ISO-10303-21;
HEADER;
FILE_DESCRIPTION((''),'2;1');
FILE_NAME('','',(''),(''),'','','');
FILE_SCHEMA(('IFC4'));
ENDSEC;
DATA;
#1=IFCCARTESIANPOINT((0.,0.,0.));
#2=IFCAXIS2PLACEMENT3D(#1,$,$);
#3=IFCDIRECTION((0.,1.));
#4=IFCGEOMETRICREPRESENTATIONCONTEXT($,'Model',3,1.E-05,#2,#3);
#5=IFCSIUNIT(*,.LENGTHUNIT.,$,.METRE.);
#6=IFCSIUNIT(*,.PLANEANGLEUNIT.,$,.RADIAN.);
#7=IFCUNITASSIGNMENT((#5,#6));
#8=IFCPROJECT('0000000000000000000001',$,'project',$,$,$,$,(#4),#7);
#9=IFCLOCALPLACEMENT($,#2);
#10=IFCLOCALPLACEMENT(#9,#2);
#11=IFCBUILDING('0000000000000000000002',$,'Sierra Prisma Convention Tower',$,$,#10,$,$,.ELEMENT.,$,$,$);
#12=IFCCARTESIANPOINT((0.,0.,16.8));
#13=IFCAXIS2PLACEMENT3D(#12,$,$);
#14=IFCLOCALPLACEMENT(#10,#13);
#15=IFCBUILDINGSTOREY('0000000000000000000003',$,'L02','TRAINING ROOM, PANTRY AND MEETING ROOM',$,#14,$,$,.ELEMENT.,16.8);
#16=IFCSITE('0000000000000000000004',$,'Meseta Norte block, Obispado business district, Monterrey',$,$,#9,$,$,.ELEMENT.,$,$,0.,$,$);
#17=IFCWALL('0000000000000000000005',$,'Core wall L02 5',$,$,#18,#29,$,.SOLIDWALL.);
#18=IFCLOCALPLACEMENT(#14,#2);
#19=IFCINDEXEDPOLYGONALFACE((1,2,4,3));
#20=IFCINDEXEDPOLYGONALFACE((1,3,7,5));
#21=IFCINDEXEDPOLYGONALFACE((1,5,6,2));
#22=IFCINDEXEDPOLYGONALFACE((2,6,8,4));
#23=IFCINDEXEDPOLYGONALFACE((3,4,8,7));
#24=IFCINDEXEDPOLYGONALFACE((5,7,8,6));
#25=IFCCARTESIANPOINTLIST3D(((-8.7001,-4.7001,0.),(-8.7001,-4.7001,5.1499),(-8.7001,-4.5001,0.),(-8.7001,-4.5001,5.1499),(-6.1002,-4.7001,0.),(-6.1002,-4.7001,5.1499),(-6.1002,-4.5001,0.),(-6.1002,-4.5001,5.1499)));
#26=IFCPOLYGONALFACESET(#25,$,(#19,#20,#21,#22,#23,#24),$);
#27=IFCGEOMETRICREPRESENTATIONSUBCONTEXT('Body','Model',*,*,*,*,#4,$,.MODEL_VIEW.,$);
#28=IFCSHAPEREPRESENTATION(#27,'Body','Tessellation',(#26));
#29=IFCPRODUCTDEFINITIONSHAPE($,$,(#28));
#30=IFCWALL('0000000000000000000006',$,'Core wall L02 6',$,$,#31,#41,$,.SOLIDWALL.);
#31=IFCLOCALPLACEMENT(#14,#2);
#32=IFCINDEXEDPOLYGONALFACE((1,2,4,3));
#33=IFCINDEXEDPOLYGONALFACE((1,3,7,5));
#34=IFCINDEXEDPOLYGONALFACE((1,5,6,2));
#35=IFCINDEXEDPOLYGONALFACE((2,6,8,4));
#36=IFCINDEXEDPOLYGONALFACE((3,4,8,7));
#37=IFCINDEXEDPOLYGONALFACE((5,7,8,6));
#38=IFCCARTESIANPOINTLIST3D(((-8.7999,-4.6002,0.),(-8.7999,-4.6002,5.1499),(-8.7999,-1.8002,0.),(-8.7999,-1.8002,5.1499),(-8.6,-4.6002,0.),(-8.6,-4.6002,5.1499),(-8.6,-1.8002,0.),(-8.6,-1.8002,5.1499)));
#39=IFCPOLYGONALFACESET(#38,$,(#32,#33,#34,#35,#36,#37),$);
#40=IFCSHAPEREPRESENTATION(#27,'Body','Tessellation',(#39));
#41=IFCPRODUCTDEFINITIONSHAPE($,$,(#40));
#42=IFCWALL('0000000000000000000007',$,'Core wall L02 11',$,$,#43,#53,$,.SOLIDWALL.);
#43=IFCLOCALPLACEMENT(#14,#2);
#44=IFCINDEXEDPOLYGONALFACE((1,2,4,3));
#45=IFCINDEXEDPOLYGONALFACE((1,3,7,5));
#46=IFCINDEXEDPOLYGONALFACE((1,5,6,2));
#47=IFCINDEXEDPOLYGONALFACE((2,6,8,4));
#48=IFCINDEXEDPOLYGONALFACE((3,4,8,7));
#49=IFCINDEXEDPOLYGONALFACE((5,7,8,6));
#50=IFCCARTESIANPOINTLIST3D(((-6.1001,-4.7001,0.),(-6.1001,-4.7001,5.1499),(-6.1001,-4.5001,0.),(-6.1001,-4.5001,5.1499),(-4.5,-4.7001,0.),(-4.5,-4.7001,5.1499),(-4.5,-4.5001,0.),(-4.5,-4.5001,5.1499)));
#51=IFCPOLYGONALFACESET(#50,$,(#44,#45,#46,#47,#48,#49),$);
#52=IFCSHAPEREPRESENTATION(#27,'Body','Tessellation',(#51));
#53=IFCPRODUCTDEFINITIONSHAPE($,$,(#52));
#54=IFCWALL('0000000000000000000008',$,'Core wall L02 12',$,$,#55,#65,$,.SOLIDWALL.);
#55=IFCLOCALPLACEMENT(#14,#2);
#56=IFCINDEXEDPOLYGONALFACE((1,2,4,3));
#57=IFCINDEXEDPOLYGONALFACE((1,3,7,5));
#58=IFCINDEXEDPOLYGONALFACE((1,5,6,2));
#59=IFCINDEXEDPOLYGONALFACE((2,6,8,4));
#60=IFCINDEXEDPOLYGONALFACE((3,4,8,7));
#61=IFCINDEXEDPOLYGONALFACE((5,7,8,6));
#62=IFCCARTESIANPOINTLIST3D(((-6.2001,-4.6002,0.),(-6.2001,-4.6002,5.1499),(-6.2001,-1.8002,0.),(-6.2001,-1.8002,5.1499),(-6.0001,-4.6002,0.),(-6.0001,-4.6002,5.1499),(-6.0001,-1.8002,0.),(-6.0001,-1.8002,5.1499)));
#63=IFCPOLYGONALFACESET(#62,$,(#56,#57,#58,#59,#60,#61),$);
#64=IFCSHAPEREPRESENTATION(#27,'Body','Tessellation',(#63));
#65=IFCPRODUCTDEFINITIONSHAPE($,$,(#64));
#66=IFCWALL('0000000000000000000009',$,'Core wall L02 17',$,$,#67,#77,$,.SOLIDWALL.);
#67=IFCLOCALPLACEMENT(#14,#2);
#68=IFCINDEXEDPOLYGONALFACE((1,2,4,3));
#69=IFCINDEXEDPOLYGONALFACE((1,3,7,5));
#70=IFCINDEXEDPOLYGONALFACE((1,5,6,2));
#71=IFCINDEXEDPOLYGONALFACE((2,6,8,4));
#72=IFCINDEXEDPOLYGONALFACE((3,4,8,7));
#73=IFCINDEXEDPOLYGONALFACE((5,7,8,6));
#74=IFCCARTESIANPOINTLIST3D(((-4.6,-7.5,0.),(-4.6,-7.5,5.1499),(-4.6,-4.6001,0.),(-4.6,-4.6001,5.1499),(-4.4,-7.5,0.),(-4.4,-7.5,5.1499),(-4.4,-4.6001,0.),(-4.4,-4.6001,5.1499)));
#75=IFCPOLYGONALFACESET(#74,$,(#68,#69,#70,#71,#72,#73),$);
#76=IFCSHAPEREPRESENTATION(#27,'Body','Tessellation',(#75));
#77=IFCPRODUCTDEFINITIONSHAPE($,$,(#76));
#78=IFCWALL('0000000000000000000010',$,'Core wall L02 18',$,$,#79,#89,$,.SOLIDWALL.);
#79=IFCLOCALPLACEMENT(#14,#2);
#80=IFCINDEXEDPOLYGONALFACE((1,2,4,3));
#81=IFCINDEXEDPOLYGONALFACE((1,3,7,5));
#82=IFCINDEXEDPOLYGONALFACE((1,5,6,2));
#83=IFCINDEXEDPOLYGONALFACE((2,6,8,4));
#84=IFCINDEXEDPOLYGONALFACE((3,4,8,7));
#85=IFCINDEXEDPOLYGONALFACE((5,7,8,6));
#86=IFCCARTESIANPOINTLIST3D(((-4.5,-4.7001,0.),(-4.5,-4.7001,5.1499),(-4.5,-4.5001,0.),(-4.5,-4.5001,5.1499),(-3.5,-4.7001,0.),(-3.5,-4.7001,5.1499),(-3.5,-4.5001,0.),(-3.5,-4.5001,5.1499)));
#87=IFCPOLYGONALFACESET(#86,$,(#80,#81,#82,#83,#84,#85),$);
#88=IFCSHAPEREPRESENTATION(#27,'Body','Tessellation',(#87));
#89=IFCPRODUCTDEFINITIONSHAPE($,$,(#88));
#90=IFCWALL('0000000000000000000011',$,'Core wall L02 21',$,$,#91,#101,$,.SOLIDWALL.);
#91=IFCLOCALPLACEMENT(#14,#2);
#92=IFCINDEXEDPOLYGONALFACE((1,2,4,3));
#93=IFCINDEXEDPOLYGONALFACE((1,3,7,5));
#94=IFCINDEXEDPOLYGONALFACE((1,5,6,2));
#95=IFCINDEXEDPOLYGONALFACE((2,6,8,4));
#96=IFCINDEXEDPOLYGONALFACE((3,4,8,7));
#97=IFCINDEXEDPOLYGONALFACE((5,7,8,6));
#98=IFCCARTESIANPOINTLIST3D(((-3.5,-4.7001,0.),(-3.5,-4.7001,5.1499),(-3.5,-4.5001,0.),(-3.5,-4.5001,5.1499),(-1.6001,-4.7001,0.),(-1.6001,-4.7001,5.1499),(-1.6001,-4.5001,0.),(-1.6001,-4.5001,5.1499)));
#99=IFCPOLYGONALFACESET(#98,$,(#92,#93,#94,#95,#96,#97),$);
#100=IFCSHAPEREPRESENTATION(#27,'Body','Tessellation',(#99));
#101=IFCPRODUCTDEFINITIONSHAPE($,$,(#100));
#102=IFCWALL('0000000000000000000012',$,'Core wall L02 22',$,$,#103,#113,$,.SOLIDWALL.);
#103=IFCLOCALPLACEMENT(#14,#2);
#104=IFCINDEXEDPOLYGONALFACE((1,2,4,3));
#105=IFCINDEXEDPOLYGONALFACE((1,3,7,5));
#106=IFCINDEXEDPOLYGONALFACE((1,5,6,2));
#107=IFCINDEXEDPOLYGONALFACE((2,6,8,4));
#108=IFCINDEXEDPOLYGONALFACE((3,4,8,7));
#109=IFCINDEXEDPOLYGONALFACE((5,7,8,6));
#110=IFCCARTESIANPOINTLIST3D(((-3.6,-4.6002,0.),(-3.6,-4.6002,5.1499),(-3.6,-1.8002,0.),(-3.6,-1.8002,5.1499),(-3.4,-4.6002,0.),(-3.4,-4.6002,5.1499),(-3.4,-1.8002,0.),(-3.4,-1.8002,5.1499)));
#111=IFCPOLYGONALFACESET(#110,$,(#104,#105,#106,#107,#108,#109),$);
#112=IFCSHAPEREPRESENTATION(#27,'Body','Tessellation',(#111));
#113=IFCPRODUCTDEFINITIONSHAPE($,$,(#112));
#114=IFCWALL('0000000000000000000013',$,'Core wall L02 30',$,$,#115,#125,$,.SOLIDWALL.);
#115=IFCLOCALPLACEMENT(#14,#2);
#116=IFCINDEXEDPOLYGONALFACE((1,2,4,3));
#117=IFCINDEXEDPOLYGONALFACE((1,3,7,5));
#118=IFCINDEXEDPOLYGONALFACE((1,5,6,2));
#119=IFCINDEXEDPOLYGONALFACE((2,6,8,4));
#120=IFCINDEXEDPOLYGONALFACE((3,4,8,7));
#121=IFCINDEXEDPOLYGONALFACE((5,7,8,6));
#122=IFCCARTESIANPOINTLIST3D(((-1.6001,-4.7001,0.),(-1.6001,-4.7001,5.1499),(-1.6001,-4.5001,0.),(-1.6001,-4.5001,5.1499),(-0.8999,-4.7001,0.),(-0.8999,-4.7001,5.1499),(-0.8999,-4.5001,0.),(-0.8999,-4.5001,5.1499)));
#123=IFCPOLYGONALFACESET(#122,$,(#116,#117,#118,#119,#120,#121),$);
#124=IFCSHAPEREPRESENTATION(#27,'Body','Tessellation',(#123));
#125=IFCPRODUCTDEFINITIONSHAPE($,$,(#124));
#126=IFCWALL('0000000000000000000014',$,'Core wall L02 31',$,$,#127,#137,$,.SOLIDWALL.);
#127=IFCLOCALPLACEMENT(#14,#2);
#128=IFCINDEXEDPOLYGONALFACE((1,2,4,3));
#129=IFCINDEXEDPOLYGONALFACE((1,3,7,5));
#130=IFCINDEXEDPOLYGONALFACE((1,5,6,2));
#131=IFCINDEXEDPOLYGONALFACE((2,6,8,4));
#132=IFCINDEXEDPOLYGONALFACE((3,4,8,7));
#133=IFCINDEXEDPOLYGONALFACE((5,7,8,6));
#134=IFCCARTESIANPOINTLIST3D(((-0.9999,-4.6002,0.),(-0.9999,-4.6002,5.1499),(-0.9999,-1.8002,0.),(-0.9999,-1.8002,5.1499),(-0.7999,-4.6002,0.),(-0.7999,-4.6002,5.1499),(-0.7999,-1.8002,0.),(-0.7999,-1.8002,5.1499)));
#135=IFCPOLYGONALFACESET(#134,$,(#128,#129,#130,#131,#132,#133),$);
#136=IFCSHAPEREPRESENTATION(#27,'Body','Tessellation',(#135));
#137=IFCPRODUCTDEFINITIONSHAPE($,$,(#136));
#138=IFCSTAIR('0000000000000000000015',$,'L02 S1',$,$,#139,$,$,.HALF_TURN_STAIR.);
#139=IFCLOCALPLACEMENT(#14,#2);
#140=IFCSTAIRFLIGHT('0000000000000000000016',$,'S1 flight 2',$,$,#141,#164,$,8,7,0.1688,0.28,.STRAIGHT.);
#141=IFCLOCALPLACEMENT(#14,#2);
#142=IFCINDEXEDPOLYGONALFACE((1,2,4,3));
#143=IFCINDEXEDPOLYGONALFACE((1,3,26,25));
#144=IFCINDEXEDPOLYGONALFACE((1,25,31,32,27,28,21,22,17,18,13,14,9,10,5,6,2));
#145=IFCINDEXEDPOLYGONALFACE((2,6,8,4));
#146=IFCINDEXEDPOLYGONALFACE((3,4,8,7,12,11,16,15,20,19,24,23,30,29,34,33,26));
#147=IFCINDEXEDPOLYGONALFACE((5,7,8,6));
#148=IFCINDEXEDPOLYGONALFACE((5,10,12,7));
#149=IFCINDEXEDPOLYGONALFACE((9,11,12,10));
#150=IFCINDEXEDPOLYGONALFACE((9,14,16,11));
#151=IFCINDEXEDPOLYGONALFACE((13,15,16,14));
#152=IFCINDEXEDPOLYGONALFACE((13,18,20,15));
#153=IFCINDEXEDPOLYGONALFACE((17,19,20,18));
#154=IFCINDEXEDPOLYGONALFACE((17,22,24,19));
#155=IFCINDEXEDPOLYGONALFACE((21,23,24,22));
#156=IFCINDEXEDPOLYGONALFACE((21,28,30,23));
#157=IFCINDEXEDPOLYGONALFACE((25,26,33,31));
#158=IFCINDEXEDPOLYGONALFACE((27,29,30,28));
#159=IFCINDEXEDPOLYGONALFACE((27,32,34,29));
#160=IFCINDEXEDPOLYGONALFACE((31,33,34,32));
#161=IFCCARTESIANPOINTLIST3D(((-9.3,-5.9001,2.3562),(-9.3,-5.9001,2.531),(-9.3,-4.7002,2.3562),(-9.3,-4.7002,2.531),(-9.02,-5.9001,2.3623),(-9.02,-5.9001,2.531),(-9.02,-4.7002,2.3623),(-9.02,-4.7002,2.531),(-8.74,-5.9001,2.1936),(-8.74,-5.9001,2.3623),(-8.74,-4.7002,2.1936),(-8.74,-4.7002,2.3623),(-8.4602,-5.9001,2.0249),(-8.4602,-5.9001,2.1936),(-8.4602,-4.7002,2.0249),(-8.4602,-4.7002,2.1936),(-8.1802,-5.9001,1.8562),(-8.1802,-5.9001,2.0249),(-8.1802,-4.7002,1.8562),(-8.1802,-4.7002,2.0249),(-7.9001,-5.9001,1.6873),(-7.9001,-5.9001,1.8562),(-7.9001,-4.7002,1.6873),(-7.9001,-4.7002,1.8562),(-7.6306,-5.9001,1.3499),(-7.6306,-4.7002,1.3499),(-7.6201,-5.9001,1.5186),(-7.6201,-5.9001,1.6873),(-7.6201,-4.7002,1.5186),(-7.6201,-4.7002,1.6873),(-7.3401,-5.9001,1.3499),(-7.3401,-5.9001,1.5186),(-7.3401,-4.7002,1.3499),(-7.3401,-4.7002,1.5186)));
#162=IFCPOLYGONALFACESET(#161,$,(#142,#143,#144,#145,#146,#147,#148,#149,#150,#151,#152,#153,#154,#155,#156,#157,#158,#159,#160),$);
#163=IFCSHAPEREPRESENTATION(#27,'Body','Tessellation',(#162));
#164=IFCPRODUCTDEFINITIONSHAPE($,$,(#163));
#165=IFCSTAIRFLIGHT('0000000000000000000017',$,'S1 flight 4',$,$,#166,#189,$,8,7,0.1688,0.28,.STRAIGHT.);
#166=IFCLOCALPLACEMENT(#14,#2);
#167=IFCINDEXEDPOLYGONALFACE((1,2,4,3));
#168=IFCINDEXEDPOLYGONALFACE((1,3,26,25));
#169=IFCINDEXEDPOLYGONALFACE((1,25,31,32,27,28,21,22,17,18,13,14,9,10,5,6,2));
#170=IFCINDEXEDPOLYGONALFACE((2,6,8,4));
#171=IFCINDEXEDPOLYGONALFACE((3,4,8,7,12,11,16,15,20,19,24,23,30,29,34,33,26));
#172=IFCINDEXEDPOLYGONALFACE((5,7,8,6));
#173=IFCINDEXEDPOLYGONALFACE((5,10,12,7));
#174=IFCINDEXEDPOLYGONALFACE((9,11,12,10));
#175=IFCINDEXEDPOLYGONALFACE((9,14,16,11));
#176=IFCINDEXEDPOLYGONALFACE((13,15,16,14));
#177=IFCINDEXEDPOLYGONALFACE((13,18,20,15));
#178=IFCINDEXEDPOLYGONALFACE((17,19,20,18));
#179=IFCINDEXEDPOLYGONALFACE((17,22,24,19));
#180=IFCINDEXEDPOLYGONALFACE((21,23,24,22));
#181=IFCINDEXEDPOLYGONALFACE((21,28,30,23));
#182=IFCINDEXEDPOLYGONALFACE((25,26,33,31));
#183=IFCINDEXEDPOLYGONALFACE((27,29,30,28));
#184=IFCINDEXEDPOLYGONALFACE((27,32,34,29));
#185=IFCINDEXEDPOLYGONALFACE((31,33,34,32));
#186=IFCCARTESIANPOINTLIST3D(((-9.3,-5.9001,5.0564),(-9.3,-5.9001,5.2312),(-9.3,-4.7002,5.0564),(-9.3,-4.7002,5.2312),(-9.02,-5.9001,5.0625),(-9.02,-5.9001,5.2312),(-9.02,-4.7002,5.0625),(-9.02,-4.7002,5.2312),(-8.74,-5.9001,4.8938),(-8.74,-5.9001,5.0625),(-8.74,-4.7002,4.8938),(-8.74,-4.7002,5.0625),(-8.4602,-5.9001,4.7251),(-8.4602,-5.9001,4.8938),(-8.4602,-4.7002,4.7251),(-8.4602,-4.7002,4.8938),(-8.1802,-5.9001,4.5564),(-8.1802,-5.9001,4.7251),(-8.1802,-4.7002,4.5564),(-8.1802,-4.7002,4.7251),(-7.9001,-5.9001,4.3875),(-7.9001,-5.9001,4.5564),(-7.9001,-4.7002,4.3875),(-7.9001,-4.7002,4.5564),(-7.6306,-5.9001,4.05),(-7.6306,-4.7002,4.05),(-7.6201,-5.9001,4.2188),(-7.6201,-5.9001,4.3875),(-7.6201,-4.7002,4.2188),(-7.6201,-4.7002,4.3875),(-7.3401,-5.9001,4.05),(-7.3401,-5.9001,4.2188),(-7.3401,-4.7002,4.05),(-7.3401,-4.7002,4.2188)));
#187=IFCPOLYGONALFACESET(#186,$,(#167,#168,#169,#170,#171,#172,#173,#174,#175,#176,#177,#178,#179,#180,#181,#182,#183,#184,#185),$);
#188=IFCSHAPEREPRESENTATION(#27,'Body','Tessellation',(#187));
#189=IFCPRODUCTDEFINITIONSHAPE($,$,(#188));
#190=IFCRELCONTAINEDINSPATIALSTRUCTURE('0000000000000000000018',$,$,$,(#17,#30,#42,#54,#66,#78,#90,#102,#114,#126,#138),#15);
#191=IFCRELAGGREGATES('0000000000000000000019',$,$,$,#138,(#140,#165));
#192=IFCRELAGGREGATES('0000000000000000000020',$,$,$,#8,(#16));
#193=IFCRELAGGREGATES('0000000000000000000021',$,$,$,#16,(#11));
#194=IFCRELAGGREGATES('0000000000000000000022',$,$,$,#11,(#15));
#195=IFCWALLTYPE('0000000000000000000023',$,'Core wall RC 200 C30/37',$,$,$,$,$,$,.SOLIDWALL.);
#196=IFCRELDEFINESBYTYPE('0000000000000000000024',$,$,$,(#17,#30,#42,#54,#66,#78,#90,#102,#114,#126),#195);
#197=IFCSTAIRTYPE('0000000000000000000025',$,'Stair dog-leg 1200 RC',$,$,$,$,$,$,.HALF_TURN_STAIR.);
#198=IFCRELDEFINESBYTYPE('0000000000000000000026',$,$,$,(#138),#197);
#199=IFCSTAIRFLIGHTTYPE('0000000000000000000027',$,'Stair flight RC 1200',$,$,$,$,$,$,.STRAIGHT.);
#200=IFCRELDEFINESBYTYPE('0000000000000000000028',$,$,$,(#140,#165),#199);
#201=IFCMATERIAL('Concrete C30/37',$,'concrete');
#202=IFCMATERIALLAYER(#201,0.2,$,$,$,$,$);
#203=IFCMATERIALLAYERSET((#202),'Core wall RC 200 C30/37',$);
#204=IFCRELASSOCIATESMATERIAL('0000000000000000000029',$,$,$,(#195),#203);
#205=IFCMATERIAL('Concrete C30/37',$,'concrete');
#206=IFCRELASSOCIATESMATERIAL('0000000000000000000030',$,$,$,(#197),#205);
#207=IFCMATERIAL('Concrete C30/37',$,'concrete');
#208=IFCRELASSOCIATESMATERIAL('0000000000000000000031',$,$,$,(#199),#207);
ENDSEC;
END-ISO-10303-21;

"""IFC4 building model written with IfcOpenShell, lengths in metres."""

from ifc_helpers import new_model, si_unit, direction, frame, frame_2d, origin, place, context, subcontext, project, spatial, polyline, rectangle, outline, extrude, material, layer, layer_set, type_object, element, aggregate, save


model = new_model("IFC4")

# Units and contexts
model_context = context("Model", 3, precision=1e-05, world=origin(), true_north=direction((0.0, 1.0)))
body_context = subcontext(model_context, "Body", "Model", "MODEL_VIEW")
ifc_project = project(units=[si_unit("LENGTHUNIT", "METRE"), si_unit("PLANEANGLEUNIT", "RADIAN")], contexts=[model_context])

# Site, building, storey
site_placement = place(None, origin())
site = spatial("IfcSite", under=ifc_project, at=site_placement, Name="Meseta Norte block, Obispado business district, Monterrey", CompositionType="ELEMENT", RefElevation=0.0)
building_placement = place(site_placement, origin())
building = spatial("IfcBuilding", under=site, at=building_placement, Name="Sierra Prisma Convention Tower", CompositionType="ELEMENT")
storey_placement = place(building_placement, frame((0.0, 0.0, 16.8)))
storey = spatial("IfcBuildingStorey", under=building, at=storey_placement, Name="L02", Description="TRAINING ROOM, PANTRY AND MEETING ROOM", CompositionType="ELEMENT", Elevation=16.8)

# Shared definitions
ifc_material_1 = material(Name="Concrete C30/37", Category="concrete")
ifc_layer = layer(ifc_material_1, 0.2)
ifc_layer_set = layer_set([ifc_layer], Name="Core wall RC 200 C30/37")
wall_type = type_object("IfcWallType", Name="Core wall RC 200 C30/37", PredefinedType="SOLIDWALL", material=ifc_layer_set)

# Walls
wall_1_placement = place(storey_placement, frame((-8.7, -4.6001, 0.0), z_axis=(0.0, 0.0, 1.0), x_axis=(1.0, 0.0, 0.0)))
element("IfcWall", 1, at=wall_1_placement, inside=storey, type_object=wall_type, Name="Core wall L02 5", PredefinedType="SOLIDWALL", context=body_context, shape_type="SweptSolid", body=[
    extrude(rectangle(XDim=2.5999, YDim=0.2, at=frame_2d((1.2998, 0.0))), origin(), (0.0, 0.0, 1.0), 5.1499),
])
wall_2_placement = place(storey_placement, frame((-8.7, -4.6001, 0.0), z_axis=(0.0, 0.0, 1.0), x_axis=(0.0, 1.0, 0.0)))
element("IfcWall", 2, at=wall_2_placement, inside=storey, type_object=wall_type, Name="Core wall L02 6", PredefinedType="SOLIDWALL", context=body_context, shape_type="SweptSolid", body=[
    extrude(rectangle(XDim=2.8, YDim=0.2, at=frame_2d((1.3999, 0.0))), origin(), (0.0, 0.0, 1.0), 5.1499),
])
wall_3_placement = place(storey_placement, frame((-6.1001, -4.6001, 0.0), z_axis=(0.0, 0.0, 1.0), x_axis=(1.0, 0.0, 0.0)))
element("IfcWall", 3, at=wall_3_placement, inside=storey, type_object=wall_type, Name="Core wall L02 11", PredefinedType="SOLIDWALL", context=body_context, shape_type="SweptSolid", body=[
    extrude(rectangle(XDim=1.6001, YDim=0.2, at=frame_2d((0.8, 0.0))), origin(), (0.0, 0.0, 1.0), 5.1499),
])
wall_4_placement = place(storey_placement, frame((-6.1001, -4.6001, 0.0), z_axis=(0.0, 0.0, 1.0), x_axis=(0.0, 1.0, 0.0)))
element("IfcWall", 4, at=wall_4_placement, inside=storey, type_object=wall_type, Name="Core wall L02 12", PredefinedType="SOLIDWALL", context=body_context, shape_type="SweptSolid", body=[
    extrude(rectangle(XDim=2.8, YDim=0.2, at=frame_2d((1.3999, 0.0))), origin(), (0.0, 0.0, 1.0), 5.1499),
])
wall_5_placement = place(storey_placement, frame((-4.5, -4.6001, 0.0), z_axis=(0.0, 0.0, 1.0), x_axis=(0.0, -1.0, 0.0)))
element("IfcWall", 5, at=wall_5_placement, inside=storey, type_object=wall_type, Name="Core wall L02 17", PredefinedType="SOLIDWALL", context=body_context, shape_type="SweptSolid", body=[
    extrude(rectangle(XDim=2.8999, YDim=0.2, at=frame_2d((1.45, 0.0))), origin(), (0.0, 0.0, 1.0), 5.1499),
])
wall_6_placement = place(storey_placement, frame((-4.5, -4.6001, 0.0), z_axis=(0.0, 0.0, 1.0), x_axis=(1.0, 0.0, 0.0)))
element("IfcWall", 6, at=wall_6_placement, inside=storey, type_object=wall_type, Name="Core wall L02 18", PredefinedType="SOLIDWALL", context=body_context, shape_type="SweptSolid", body=[
    extrude(rectangle(XDim=1.0, YDim=0.2, at=frame_2d((0.5, 0.0))), origin(), (0.0, 0.0, 1.0), 5.1499),
])
wall_7_placement = place(storey_placement, frame((-3.5, -4.6001, 0.0), z_axis=(0.0, 0.0, 1.0), x_axis=(1.0, 0.0, 0.0)))
element("IfcWall", 7, at=wall_7_placement, inside=storey, type_object=wall_type, Name="Core wall L02 21", PredefinedType="SOLIDWALL", context=body_context, shape_type="SweptSolid", body=[
    extrude(rectangle(XDim=1.8999, YDim=0.2, at=frame_2d((0.95, 0.0))), origin(), (0.0, 0.0, 1.0), 5.1499),
])
wall_8_placement = place(storey_placement, frame((-3.5, -4.6001, 0.0), z_axis=(0.0, 0.0, 1.0), x_axis=(0.0, 1.0, 0.0)))
element("IfcWall", 8, at=wall_8_placement, inside=storey, type_object=wall_type, Name="Core wall L02 22", PredefinedType="SOLIDWALL", context=body_context, shape_type="SweptSolid", body=[
    extrude(rectangle(XDim=2.8, YDim=0.2, at=frame_2d((1.3999, 0.0))), origin(), (0.0, 0.0, 1.0), 5.1499),
])
wall_9_placement = place(storey_placement, frame((-1.6001, -4.6001, 0.0), z_axis=(0.0, 0.0, 1.0), x_axis=(1.0, 0.0, 0.0)))
element("IfcWall", 9, at=wall_9_placement, inside=storey, type_object=wall_type, Name="Core wall L02 30", PredefinedType="SOLIDWALL", context=body_context, shape_type="SweptSolid", body=[
    extrude(rectangle(XDim=0.7002, YDim=0.2, at=frame_2d((0.3501, 0.0))), origin(), (0.0, 0.0, 1.0), 5.1499),
])
wall_10_placement = place(storey_placement, frame((-0.8999, -4.6001, 0.0), z_axis=(0.0, 0.0, 1.0), x_axis=(0.0, 1.0, 0.0)))
element("IfcWall", 10, at=wall_10_placement, inside=storey, type_object=wall_type, Name="Core wall L02 31", PredefinedType="SOLIDWALL", context=body_context, shape_type="SweptSolid", body=[
    extrude(rectangle(XDim=2.8, YDim=0.2, at=frame_2d((1.3999, 0.0))), origin(), (0.0, 0.0, 1.0), 5.1499),
])

# Stair, stair flights
ifc_material_2 = material(Name="Concrete C30/37", Category="concrete")
stair_type = type_object("IfcStairType", Name="Stair dog-leg 1200 RC", PredefinedType="HALF_TURN_STAIR", material=ifc_material_2)
stair_placement = place(storey_placement, origin())
stair = element("IfcStair", 11, at=stair_placement, inside=storey, type_object=stair_type, Name="L02 S1", PredefinedType="HALF_TURN_STAIR")
ifc_material_3 = material(Name="Concrete C30/37", Category="concrete")
stair_flight_type = type_object("IfcStairFlightType", Name="Stair flight RC 1200", PredefinedType="STRAIGHT", material=ifc_material_3)
stair_flight_1_placement = place(storey_placement, frame((-7.3401, -5.3, 1.3499), z_axis=(0.0, 0.0, 1.0), x_axis=(-1.0, 0.0, 0.0)))
stair_flight_1 = element("IfcStairFlight", 12, at=stair_flight_1_placement, type_object=stair_flight_type, Name="S1 flight 2", NumberOfRisers=8, NumberOfTreads=7, PredefinedType="STRAIGHT", RiserHeight=0.1688, TreadLength=0.28, context=body_context, shape_type="SweptSolid", body=[
    extrude(outline(polyline([(0.0, 0.0), (0.0, 0.1687), (0.28, 0.1687), (0.28, 0.3374), (0.5601, 0.3374), (0.5601, 0.5063), (0.8401, 0.5063), (0.8401, 0.675), (1.1201, 0.675), (1.1201, 0.8438), (1.3999, 0.8438), (1.3999, 1.0125), (1.6799, 1.0125), (1.6799, 1.1812), (1.96, 1.1812), (1.96, 1.3501), (1.96, 1.0063), (0.2905, 0.0), (0.0, 0.0)])), frame((0.0, 0.6001, 0.0), z_axis=(0.0, -1.0, 0.0), x_axis=(1.0, 0.0, 0.0)), (0.0, 0.0, 1.0), 1.2),
])
stair_flight_2_placement = place(storey_placement, frame((-7.3401, -5.3, 4.05), z_axis=(0.0, 0.0, 1.0), x_axis=(-1.0, 0.0, 0.0)))
stair_flight_2 = element("IfcStairFlight", 13, at=stair_flight_2_placement, type_object=stair_flight_type, Name="S1 flight 4", NumberOfRisers=8, NumberOfTreads=7, PredefinedType="STRAIGHT", RiserHeight=0.1688, TreadLength=0.28, context=body_context, shape_type="SweptSolid", body=[
    extrude(outline(polyline([(0.0, 0.0), (0.0, 0.1687), (0.28, 0.1687), (0.28, 0.3374), (0.5601, 0.3374), (0.5601, 0.5063), (0.8401, 0.5063), (0.8401, 0.675), (1.1201, 0.675), (1.1201, 0.8438), (1.3999, 0.8438), (1.3999, 1.0125), (1.6799, 1.0125), (1.6799, 1.1812), (1.96, 1.1812), (1.96, 1.3501), (1.96, 1.0063), (0.2905, 0.0), (0.0, 0.0)])), frame((0.0, 0.6001, 0.0), z_axis=(0.0, -1.0, 0.0), x_axis=(1.0, 0.0, 0.0)), (0.0, 0.0, 1.0), 1.2),
])
aggregate(stair, [stair_flight_1, stair_flight_2])

save(model, "model.ifc")
